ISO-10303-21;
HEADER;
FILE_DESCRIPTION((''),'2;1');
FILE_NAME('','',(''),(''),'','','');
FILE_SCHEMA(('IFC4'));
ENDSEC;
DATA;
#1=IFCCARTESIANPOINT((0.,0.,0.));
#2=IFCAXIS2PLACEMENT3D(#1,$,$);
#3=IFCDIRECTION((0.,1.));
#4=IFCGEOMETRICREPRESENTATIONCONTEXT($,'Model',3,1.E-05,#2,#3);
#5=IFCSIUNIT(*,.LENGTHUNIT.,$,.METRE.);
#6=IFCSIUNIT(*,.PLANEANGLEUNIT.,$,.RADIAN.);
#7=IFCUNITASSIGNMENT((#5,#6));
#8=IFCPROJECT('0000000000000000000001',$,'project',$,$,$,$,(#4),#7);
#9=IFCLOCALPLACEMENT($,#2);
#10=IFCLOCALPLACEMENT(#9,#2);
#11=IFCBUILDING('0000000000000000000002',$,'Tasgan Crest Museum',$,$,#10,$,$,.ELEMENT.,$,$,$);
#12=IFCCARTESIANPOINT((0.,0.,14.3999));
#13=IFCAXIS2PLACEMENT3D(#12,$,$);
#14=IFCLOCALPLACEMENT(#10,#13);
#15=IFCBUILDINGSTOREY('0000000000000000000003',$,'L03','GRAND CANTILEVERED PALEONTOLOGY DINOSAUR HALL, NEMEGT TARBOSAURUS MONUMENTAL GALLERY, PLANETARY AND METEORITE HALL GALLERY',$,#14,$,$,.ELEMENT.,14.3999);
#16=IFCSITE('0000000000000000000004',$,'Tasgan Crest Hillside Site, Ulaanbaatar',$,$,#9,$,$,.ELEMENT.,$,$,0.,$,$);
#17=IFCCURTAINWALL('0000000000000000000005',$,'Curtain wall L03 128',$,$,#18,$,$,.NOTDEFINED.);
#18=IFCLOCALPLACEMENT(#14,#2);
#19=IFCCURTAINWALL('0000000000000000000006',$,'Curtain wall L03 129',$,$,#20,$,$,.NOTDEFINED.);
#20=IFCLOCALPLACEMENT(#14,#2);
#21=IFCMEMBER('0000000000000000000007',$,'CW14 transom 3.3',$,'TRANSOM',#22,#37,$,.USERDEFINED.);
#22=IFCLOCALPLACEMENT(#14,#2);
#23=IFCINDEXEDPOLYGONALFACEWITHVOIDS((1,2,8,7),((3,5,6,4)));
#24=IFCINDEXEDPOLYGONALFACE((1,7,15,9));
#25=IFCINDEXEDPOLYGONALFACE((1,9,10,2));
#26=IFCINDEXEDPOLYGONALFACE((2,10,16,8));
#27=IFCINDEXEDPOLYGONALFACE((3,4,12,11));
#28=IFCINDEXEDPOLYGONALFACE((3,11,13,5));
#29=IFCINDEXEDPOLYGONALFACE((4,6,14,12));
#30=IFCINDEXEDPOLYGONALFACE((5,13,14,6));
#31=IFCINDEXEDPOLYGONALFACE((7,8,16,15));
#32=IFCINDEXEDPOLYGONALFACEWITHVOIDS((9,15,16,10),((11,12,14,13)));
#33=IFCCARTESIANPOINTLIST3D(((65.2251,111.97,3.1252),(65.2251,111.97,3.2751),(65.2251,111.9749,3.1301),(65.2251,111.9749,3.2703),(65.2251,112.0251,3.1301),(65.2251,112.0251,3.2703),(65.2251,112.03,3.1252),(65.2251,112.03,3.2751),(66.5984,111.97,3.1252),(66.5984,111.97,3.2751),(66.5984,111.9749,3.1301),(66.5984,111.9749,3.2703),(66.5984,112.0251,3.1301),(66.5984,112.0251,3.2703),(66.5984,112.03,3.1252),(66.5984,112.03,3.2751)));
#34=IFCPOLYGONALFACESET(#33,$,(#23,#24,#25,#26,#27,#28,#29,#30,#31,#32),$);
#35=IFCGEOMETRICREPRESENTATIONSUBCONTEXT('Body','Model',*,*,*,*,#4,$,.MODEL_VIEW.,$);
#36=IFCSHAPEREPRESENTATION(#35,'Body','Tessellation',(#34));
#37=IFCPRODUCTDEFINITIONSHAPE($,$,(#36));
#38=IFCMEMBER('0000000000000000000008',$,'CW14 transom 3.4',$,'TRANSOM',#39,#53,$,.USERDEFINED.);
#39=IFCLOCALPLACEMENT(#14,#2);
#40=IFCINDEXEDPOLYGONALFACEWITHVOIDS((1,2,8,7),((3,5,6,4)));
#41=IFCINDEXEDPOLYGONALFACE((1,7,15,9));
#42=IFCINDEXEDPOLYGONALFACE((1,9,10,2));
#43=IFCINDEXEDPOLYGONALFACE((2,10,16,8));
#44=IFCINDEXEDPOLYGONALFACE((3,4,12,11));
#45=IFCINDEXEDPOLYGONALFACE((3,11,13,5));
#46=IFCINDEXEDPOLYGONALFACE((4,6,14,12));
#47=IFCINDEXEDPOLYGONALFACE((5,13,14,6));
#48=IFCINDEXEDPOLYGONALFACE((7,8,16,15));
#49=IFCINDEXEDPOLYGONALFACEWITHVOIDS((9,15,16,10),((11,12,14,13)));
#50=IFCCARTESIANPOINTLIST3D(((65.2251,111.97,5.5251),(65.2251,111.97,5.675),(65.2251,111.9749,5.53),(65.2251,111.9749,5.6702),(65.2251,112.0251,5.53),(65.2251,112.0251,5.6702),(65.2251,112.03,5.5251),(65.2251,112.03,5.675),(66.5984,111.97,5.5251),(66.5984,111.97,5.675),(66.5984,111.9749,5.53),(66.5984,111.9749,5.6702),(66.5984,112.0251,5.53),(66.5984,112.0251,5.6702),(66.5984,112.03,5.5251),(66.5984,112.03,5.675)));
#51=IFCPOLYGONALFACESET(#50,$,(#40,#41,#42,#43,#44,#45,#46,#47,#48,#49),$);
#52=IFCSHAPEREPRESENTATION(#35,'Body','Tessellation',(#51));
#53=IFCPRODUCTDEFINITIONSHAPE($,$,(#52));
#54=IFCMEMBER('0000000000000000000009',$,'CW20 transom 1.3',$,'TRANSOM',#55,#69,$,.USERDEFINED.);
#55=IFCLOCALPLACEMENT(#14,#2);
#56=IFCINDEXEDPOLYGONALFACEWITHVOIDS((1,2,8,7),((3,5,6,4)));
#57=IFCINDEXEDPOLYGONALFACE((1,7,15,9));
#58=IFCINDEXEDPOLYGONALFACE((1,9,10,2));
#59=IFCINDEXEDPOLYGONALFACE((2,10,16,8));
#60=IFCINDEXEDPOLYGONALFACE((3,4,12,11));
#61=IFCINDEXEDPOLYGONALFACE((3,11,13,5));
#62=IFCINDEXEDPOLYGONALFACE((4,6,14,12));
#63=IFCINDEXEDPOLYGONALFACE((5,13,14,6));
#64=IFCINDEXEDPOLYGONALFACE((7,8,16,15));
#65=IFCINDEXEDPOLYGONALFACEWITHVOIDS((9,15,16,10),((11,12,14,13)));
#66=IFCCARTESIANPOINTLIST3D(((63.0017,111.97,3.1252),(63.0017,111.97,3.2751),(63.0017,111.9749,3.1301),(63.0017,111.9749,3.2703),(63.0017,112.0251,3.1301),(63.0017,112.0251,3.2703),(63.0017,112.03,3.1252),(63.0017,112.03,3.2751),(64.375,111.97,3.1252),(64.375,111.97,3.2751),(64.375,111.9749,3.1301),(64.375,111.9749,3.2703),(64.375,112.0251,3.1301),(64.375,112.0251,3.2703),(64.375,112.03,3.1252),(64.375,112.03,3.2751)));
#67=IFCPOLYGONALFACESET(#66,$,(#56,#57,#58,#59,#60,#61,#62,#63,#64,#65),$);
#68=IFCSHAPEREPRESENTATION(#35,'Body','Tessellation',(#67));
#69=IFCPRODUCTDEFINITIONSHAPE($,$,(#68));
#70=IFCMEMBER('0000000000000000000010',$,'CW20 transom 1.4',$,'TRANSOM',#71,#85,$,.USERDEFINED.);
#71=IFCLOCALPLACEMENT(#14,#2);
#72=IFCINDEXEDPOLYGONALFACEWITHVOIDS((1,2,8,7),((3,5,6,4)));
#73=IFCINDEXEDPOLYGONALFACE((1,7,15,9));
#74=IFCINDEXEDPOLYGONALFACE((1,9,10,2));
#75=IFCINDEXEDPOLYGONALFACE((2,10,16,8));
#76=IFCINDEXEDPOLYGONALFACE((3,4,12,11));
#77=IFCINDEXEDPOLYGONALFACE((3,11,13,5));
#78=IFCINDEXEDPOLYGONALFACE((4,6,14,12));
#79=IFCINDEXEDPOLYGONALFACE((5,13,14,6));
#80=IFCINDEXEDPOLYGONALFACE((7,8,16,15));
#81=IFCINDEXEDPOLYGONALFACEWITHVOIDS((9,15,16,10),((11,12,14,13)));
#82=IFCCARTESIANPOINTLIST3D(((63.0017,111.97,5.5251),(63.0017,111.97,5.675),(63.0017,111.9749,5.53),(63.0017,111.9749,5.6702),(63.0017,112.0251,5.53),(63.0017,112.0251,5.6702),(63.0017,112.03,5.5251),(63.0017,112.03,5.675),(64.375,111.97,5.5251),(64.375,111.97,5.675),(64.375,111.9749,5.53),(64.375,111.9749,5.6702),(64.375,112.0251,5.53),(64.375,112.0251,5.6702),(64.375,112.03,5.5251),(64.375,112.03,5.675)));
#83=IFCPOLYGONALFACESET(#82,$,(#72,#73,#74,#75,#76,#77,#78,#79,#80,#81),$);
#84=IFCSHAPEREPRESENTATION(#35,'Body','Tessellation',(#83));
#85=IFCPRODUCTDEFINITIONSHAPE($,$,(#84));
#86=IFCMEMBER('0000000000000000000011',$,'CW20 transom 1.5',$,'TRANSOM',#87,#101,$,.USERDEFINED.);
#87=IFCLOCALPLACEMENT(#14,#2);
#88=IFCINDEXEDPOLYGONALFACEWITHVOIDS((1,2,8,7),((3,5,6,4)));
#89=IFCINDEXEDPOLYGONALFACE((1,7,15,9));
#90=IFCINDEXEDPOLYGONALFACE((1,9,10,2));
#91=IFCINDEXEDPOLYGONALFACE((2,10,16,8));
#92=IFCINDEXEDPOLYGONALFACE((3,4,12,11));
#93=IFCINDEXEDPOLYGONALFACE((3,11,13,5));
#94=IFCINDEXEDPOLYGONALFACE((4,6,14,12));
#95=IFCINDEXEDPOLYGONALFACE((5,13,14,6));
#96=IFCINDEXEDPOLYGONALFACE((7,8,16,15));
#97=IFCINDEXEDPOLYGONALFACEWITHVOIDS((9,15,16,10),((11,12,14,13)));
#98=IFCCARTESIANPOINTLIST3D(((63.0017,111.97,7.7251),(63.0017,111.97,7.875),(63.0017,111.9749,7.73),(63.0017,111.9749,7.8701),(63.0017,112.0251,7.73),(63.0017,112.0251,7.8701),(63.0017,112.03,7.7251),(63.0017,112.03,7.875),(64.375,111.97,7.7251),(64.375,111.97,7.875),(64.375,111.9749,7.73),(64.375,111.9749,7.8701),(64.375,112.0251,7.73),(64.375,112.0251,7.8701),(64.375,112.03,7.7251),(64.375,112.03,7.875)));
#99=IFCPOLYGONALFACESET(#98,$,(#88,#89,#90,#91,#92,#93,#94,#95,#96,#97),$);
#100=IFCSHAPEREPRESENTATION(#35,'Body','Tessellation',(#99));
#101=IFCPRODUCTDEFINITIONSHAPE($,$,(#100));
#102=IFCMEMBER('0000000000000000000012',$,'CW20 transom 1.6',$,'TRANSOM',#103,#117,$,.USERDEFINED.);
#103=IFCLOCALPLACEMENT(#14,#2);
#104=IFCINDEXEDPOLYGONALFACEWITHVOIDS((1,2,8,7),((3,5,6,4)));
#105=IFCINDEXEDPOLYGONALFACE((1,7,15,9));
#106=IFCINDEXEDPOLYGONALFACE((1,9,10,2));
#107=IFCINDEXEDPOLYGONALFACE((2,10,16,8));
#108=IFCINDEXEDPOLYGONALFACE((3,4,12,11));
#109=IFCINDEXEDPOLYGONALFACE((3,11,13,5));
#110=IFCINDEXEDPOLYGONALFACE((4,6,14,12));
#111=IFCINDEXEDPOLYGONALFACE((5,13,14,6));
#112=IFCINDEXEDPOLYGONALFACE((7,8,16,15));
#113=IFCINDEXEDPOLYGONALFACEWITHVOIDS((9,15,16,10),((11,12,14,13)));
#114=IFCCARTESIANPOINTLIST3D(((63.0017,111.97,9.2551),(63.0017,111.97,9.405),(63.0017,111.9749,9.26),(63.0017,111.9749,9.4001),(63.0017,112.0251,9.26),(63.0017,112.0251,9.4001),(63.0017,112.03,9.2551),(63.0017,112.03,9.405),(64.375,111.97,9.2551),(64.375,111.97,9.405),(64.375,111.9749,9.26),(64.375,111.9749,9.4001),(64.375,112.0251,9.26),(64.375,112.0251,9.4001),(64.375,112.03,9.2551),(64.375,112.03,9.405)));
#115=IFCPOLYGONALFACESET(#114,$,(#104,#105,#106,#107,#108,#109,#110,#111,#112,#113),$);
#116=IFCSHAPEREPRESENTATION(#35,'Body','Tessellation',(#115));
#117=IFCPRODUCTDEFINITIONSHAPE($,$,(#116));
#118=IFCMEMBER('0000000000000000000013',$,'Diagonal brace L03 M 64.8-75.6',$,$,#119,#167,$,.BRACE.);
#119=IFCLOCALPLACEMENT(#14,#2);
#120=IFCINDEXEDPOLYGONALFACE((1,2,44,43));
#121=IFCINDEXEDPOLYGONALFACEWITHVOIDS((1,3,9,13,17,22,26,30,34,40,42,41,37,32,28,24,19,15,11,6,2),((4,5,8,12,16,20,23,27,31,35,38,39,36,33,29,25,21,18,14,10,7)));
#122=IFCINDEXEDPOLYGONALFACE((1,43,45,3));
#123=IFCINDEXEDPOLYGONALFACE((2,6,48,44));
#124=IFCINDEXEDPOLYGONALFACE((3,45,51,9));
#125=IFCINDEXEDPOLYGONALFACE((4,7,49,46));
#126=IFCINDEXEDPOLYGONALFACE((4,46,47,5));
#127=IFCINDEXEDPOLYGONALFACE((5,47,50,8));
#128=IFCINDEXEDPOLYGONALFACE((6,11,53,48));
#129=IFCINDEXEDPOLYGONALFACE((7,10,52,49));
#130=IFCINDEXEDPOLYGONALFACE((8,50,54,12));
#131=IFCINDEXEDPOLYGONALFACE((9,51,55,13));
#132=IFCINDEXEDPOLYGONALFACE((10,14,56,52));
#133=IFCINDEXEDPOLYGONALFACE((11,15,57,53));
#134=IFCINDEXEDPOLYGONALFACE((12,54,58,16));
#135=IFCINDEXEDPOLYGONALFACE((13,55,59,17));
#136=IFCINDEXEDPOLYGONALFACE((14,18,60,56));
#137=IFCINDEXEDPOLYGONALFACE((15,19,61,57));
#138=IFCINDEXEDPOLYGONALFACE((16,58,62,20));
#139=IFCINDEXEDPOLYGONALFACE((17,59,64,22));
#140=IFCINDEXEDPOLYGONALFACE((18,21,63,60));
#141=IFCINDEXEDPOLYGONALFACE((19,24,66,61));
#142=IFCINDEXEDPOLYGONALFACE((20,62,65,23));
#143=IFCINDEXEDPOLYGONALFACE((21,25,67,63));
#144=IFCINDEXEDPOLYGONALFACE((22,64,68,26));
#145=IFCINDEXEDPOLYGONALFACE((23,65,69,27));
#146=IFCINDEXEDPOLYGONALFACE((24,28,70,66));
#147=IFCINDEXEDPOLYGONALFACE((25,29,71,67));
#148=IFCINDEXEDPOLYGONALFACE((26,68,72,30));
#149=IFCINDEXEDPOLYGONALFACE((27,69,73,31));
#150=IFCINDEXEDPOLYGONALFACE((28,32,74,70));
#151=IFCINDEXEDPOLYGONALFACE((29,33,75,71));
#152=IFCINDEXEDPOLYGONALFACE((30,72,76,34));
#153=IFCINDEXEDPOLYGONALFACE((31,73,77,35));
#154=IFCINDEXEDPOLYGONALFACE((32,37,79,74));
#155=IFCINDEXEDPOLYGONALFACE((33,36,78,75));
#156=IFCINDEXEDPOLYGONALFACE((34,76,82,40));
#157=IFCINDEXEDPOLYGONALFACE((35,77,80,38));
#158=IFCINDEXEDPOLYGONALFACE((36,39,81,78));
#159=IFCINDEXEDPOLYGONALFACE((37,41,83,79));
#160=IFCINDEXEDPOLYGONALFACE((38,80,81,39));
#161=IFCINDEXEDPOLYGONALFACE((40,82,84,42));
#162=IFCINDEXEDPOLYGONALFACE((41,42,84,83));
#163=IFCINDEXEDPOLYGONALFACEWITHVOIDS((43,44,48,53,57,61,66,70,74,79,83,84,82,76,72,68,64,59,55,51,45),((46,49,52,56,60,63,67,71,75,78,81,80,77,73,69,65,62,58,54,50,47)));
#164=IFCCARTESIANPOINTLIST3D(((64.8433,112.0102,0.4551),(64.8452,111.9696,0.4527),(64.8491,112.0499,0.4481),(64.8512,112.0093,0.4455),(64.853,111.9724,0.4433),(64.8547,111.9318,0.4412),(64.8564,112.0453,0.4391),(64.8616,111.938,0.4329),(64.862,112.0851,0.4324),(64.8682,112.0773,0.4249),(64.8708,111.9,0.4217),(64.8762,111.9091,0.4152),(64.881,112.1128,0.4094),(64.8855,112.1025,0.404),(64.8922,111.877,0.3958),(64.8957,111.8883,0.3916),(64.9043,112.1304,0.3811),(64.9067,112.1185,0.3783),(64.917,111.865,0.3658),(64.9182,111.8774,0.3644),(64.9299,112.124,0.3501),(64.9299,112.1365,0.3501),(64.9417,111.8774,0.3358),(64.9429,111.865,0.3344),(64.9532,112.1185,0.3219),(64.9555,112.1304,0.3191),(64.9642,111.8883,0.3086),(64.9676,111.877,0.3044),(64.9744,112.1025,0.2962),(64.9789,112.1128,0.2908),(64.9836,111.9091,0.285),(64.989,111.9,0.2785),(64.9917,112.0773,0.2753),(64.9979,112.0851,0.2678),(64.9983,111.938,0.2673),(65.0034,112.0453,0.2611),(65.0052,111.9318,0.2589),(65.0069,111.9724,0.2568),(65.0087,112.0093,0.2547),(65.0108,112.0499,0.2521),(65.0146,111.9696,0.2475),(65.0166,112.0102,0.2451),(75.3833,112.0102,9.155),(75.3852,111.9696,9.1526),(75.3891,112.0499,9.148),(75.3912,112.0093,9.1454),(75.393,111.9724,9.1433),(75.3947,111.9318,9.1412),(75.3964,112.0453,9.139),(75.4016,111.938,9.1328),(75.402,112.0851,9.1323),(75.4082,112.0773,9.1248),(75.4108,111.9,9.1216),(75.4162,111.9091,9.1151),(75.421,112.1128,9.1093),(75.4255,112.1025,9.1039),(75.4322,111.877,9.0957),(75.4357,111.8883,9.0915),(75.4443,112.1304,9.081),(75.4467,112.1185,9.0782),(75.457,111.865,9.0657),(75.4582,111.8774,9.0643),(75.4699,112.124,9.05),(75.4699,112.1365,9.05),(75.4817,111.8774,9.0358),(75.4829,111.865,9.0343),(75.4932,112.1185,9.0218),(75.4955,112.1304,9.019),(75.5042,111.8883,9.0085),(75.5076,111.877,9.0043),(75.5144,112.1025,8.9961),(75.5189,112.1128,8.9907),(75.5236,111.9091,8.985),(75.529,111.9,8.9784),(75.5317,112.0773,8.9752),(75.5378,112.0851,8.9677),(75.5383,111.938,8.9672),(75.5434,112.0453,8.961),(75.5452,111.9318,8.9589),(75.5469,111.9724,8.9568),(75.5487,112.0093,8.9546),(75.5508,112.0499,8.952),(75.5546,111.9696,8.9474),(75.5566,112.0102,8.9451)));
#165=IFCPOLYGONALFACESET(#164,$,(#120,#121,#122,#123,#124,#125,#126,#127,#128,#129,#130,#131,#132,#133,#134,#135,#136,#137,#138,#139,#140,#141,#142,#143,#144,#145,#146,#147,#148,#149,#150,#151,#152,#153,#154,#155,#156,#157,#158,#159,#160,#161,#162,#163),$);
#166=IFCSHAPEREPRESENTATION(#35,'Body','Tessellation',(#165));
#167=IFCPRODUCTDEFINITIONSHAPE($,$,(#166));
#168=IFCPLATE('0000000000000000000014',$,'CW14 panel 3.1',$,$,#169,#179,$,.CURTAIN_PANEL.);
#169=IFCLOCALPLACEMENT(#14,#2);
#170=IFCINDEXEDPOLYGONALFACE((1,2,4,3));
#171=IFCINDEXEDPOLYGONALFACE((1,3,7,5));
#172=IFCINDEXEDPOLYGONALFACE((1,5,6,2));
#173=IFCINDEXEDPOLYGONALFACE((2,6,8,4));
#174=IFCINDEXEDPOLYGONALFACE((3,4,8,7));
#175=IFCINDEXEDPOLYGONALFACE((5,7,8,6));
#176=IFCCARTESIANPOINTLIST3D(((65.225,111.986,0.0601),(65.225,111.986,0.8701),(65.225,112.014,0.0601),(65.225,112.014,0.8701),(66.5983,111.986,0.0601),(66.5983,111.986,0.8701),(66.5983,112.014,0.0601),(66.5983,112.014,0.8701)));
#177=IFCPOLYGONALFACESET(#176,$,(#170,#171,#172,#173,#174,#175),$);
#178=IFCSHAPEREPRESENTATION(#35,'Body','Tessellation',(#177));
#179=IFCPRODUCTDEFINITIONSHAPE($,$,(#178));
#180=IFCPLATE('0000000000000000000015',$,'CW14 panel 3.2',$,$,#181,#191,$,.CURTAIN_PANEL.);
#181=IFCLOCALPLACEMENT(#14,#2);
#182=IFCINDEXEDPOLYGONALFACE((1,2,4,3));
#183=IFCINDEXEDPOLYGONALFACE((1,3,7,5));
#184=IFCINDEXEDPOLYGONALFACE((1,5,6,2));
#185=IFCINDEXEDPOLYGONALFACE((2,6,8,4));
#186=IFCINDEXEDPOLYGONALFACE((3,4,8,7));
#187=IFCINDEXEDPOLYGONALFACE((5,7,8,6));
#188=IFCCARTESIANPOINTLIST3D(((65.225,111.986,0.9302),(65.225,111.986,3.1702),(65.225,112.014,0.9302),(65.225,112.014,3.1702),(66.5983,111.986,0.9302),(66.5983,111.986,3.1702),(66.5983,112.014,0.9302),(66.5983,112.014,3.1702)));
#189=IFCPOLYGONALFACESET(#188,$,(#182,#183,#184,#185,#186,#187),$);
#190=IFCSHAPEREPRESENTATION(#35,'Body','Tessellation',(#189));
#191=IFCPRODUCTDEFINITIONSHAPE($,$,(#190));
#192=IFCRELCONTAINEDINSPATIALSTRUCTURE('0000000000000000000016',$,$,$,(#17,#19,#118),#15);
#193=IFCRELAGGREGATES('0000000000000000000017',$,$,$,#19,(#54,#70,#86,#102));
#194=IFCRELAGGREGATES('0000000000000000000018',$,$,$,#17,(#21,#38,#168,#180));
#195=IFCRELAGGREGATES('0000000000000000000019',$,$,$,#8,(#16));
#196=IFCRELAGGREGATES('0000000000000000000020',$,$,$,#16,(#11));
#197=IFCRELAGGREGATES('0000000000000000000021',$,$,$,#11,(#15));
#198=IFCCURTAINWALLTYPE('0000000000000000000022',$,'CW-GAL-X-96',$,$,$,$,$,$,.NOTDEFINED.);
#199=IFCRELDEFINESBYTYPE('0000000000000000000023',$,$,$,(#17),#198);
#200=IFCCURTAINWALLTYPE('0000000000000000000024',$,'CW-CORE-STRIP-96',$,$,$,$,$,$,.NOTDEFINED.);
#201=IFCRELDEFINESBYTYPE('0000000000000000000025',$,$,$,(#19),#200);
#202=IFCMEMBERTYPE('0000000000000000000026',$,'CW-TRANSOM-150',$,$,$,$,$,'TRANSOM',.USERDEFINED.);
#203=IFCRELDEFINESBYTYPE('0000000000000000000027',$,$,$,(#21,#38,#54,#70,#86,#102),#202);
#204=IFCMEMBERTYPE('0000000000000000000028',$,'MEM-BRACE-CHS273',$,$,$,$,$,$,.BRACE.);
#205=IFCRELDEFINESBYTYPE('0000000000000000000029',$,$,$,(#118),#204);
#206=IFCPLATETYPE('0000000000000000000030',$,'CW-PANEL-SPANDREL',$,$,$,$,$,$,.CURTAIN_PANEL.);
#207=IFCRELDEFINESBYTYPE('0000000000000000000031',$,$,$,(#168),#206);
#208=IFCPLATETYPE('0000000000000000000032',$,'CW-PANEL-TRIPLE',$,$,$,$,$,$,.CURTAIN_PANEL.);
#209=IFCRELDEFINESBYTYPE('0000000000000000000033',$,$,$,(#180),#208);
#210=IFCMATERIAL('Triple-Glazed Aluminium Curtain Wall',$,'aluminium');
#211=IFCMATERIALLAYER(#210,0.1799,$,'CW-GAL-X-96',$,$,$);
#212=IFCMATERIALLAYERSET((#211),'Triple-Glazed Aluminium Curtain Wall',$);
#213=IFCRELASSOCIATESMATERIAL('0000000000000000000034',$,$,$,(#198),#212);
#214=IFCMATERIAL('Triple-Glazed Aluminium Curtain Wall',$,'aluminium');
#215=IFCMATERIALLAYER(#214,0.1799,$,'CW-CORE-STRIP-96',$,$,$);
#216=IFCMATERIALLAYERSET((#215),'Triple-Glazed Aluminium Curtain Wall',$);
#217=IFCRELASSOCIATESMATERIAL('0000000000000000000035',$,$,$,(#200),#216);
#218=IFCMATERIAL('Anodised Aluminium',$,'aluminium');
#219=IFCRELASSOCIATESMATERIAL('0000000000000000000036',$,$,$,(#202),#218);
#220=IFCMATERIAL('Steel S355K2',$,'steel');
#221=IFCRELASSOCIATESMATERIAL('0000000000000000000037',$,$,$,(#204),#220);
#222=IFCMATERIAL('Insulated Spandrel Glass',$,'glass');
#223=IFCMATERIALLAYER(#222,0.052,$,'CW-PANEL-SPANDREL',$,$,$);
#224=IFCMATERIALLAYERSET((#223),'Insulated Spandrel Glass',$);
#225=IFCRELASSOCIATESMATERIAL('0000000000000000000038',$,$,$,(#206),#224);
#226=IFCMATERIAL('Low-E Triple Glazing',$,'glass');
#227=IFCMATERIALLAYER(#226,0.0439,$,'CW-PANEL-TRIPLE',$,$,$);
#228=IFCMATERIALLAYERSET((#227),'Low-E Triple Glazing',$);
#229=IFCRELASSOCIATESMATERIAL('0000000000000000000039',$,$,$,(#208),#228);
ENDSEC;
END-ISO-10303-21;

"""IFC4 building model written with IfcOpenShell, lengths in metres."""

from ifc_helpers import new_model, si_unit, direction, frame, origin, origin_2d, place, context, subcontext, project, spatial, rectangle, hollow_rectangle, hollow_circle, extrude, material, layer, layer_set, material_profile, profile_set, type_object, element, aggregate, save


model = new_model("IFC4")

# Units and contexts
model_context = context("Model", 3, precision=1e-05, world=origin(), true_north=direction((0.0, 1.0)))
body_context = subcontext(model_context, "Body", "Model", "MODEL_VIEW")
ifc_project = project(units=[si_unit("LENGTHUNIT", "METRE"), si_unit("PLANEANGLEUNIT", "RADIAN")], contexts=[model_context])

# Site, building, storey
site_placement = place(None, origin())
site = spatial("IfcSite", under=ifc_project, at=site_placement, Name="Tasgan Crest Hillside Site, Ulaanbaatar", CompositionType="ELEMENT", RefElevation=0.0)
building_placement = place(site_placement, origin())
building = spatial("IfcBuilding", under=site, at=building_placement, Name="Tasgan Crest Museum", CompositionType="ELEMENT")
storey_placement = place(building_placement, frame((0.0, 0.0, 14.3999)))
storey = spatial("IfcBuildingStorey", under=building, at=storey_placement, Name="L03", Description="GRAND CANTILEVERED PALEONTOLOGY DINOSAUR HALL, NEMEGT TARBOSAURUS MONUMENTAL GALLERY, PLANETARY AND METEORITE HALL GALLERY", CompositionType="ELEMENT", Elevation=14.3999)

# Curtain walls
ifc_material_1 = material(Name="Triple-Glazed Aluminium Curtain Wall", Category="aluminium")
ifc_layer_1 = layer(ifc_material_1, 0.1799, Name="CW-GAL-X-96")
ifc_layer_set_1 = layer_set([ifc_layer_1], Name="Triple-Glazed Aluminium Curtain Wall")
curtain_wall_type_1 = type_object("IfcCurtainWallType", Name="CW-GAL-X-96", PredefinedType="NOTDEFINED", material=ifc_layer_set_1)
curtain_wall_1_placement = place(storey_placement, origin())
curtain_wall_1 = element("IfcCurtainWall", 1, at=curtain_wall_1_placement, inside=storey, type_object=curtain_wall_type_1, Name="Curtain wall L03 128", PredefinedType="NOTDEFINED")
ifc_material_2 = material(Name="Triple-Glazed Aluminium Curtain Wall", Category="aluminium")
ifc_layer_2 = layer(ifc_material_2, 0.1799, Name="CW-CORE-STRIP-96")
ifc_layer_set_2 = layer_set([ifc_layer_2], Name="Triple-Glazed Aluminium Curtain Wall")
curtain_wall_type_2 = type_object("IfcCurtainWallType", Name="CW-CORE-STRIP-96", PredefinedType="NOTDEFINED", material=ifc_layer_set_2)
curtain_wall_2_placement = place(storey_placement, origin())
curtain_wall_2 = element("IfcCurtainWall", 2, at=curtain_wall_2_placement, inside=storey, type_object=curtain_wall_type_2, Name="Curtain wall L03 129", PredefinedType="NOTDEFINED")

# Members
ifc_material_3 = material(Name="Anodised Aluminium", Category="aluminium")
ifc_material_profile_1 = material_profile(ifc_material_3, hollow_rectangle(XDim=0.0601, YDim=0.1499, WallThickness=0.0049, at=origin_2d()), Name="ALU TRANSOM 150x60x5")
ifc_profile_set_1 = profile_set([ifc_material_profile_1], Name="Anodised Aluminium")
member_type_1 = type_object("IfcMemberType", Name="CW-TRANSOM-150", ElementType="TRANSOM", PredefinedType="USERDEFINED", material=ifc_profile_set_1)
member_1_placement = place(storey_placement, frame((66.5984, 112.0, 3.2002), z_axis=(-1.0, 0.0, 0.0), x_axis=(0.0, -1.0, 0.0)))
member_1 = element("IfcMember", 3, at=member_1_placement, type_object=member_type_1, Name="CW14 transom 3.3", ObjectType="TRANSOM", PredefinedType="USERDEFINED", context=body_context, shape_type="SweptSolid", body=[
    extrude(hollow_rectangle(XDim=0.0601, YDim=0.1499, WallThickness=0.0049, at=origin_2d()), origin(), (0.0, 0.0, 1.0), 1.3733),
])
member_2_placement = place(storey_placement, frame((66.5984, 112.0, 5.6001), z_axis=(-1.0, 0.0, 0.0), x_axis=(0.0, -1.0, 0.0)))
member_2 = element("IfcMember", 4, at=member_2_placement, type_object=member_type_1, Name="CW14 transom 3.4", ObjectType="TRANSOM", PredefinedType="USERDEFINED", context=body_context, shape_type="SweptSolid", body=[
    extrude(hollow_rectangle(XDim=0.0601, YDim=0.1499, WallThickness=0.0049, at=origin_2d()), origin(), (0.0, 0.0, 1.0), 1.3733),
])
member_3_placement = place(storey_placement, frame((64.375, 112.0, 3.2002), z_axis=(-1.0, 0.0, 0.0), x_axis=(0.0, -1.0, 0.0)))
member_3 = element("IfcMember", 5, at=member_3_placement, type_object=member_type_1, Name="CW20 transom 1.3", ObjectType="TRANSOM", PredefinedType="USERDEFINED", context=body_context, shape_type="SweptSolid", body=[
    extrude(hollow_rectangle(XDim=0.0601, YDim=0.1499, WallThickness=0.0049, at=origin_2d()), origin(), (0.0, 0.0, 1.0), 1.3733),
])
member_4_placement = place(storey_placement, frame((64.375, 112.0, 5.6001), z_axis=(-1.0, 0.0, 0.0), x_axis=(0.0, -1.0, 0.0)))
member_4 = element("IfcMember", 6, at=member_4_placement, type_object=member_type_1, Name="CW20 transom 1.4", ObjectType="TRANSOM", PredefinedType="USERDEFINED", context=body_context, shape_type="SweptSolid", body=[
    extrude(hollow_rectangle(XDim=0.0601, YDim=0.1499, WallThickness=0.0049, at=origin_2d()), origin(), (0.0, 0.0, 1.0), 1.3733),
])
member_5_placement = place(storey_placement, frame((64.375, 112.0, 7.8), z_axis=(-1.0, 0.0, 0.0), x_axis=(0.0, -1.0, 0.0)))
member_5 = element("IfcMember", 7, at=member_5_placement, type_object=member_type_1, Name="CW20 transom 1.5", ObjectType="TRANSOM", PredefinedType="USERDEFINED", context=body_context, shape_type="SweptSolid", body=[
    extrude(hollow_rectangle(XDim=0.0601, YDim=0.1499, WallThickness=0.0049, at=origin_2d()), origin(), (0.0, 0.0, 1.0), 1.3733),
])
member_6_placement = place(storey_placement, frame((64.375, 112.0, 9.3301), z_axis=(-1.0, 0.0, 0.0), x_axis=(0.0, -1.0, 0.0)))
member_6 = element("IfcMember", 8, at=member_6_placement, type_object=member_type_1, Name="CW20 transom 1.6", ObjectType="TRANSOM", PredefinedType="USERDEFINED", context=body_context, shape_type="SweptSolid", body=[
    extrude(hollow_rectangle(XDim=0.0601, YDim=0.1499, WallThickness=0.0049, at=origin_2d()), origin(), (0.0, 0.0, 1.0), 1.3733),
])
aggregate(curtain_wall_2, [member_3, member_4, member_5, member_6])
ifc_material_4 = material(Name="Steel S355K2", Category="steel")
ifc_material_profile_2 = material_profile(ifc_material_4, hollow_circle(Radius=0.1365, WallThickness=0.0125, at=origin_2d()), Name="CHS 273x12.5")
ifc_profile_set_2 = profile_set([ifc_material_profile_2], Name="Steel S355K2")
member_type_2 = type_object("IfcMemberType", Name="MEM-BRACE-CHS273", PredefinedType="BRACE", material=ifc_profile_set_2)
member_7_placement = place(storey_placement, frame((64.9299, 112.0, 0.3501), z_axis=(0.771215, 0.0, 0.636575), x_axis=(0.0, 1.0, 0.0)))
element("IfcMember", 9, at=member_7_placement, inside=storey, type_object=member_type_2, Name="Diagonal brace L03 M 64.8-75.6", PredefinedType="BRACE", context=body_context, shape_type="SweptSolid", body=[
    extrude(hollow_circle(Radius=0.1365, WallThickness=0.0125, at=origin_2d()), origin(), (0.0, 0.0, 1.0), 13.6667),
])

# Plates
ifc_material_5 = material(Name="Insulated Spandrel Glass", Category="glass")
ifc_layer_3 = layer(ifc_material_5, 0.052, Name="CW-PANEL-SPANDREL")
ifc_layer_set_3 = layer_set([ifc_layer_3], Name="Insulated Spandrel Glass")
plate_type_1 = type_object("IfcPlateType", Name="CW-PANEL-SPANDREL", PredefinedType="CURTAIN_PANEL", material=ifc_layer_set_3)
plate_1_placement = place(storey_placement, frame((65.9116, 112.0, 0.0601), z_axis=(0.0, 0.0, 1.0), x_axis=(-1.0, 0.0, 0.0)))
plate_1 = element("IfcPlate", 10, at=plate_1_placement, type_object=plate_type_1, Name="CW14 panel 3.1", PredefinedType="CURTAIN_PANEL", context=body_context, shape_type="SweptSolid", body=[
    extrude(rectangle(XDim=1.3733, YDim=0.0281, at=origin_2d()), origin(), (0.0, 0.0, 1.0), 0.8101),
])
ifc_material_6 = material(Name="Low-E Triple Glazing", Category="glass")
ifc_layer_4 = layer(ifc_material_6, 0.0439, Name="CW-PANEL-TRIPLE")
ifc_layer_set_4 = layer_set([ifc_layer_4], Name="Low-E Triple Glazing")
plate_type_2 = type_object("IfcPlateType", Name="CW-PANEL-TRIPLE", PredefinedType="CURTAIN_PANEL", material=ifc_layer_set_4)
plate_2_placement = place(storey_placement, frame((65.9116, 112.0, 0.9302), z_axis=(0.0, 0.0, 1.0), x_axis=(-1.0, 0.0, 0.0)))
plate_2 = element("IfcPlate", 11, at=plate_2_placement, type_object=plate_type_2, Name="CW14 panel 3.2", PredefinedType="CURTAIN_PANEL", context=body_context, shape_type="SweptSolid", body=[
    extrude(rectangle(XDim=1.3733, YDim=0.0281, at=origin_2d()), origin(), (0.0, 0.0, 1.0), 2.24),
])
aggregate(curtain_wall_1, [member_1, member_2, plate_1, plate_2])

save(model, "model.ifc")
